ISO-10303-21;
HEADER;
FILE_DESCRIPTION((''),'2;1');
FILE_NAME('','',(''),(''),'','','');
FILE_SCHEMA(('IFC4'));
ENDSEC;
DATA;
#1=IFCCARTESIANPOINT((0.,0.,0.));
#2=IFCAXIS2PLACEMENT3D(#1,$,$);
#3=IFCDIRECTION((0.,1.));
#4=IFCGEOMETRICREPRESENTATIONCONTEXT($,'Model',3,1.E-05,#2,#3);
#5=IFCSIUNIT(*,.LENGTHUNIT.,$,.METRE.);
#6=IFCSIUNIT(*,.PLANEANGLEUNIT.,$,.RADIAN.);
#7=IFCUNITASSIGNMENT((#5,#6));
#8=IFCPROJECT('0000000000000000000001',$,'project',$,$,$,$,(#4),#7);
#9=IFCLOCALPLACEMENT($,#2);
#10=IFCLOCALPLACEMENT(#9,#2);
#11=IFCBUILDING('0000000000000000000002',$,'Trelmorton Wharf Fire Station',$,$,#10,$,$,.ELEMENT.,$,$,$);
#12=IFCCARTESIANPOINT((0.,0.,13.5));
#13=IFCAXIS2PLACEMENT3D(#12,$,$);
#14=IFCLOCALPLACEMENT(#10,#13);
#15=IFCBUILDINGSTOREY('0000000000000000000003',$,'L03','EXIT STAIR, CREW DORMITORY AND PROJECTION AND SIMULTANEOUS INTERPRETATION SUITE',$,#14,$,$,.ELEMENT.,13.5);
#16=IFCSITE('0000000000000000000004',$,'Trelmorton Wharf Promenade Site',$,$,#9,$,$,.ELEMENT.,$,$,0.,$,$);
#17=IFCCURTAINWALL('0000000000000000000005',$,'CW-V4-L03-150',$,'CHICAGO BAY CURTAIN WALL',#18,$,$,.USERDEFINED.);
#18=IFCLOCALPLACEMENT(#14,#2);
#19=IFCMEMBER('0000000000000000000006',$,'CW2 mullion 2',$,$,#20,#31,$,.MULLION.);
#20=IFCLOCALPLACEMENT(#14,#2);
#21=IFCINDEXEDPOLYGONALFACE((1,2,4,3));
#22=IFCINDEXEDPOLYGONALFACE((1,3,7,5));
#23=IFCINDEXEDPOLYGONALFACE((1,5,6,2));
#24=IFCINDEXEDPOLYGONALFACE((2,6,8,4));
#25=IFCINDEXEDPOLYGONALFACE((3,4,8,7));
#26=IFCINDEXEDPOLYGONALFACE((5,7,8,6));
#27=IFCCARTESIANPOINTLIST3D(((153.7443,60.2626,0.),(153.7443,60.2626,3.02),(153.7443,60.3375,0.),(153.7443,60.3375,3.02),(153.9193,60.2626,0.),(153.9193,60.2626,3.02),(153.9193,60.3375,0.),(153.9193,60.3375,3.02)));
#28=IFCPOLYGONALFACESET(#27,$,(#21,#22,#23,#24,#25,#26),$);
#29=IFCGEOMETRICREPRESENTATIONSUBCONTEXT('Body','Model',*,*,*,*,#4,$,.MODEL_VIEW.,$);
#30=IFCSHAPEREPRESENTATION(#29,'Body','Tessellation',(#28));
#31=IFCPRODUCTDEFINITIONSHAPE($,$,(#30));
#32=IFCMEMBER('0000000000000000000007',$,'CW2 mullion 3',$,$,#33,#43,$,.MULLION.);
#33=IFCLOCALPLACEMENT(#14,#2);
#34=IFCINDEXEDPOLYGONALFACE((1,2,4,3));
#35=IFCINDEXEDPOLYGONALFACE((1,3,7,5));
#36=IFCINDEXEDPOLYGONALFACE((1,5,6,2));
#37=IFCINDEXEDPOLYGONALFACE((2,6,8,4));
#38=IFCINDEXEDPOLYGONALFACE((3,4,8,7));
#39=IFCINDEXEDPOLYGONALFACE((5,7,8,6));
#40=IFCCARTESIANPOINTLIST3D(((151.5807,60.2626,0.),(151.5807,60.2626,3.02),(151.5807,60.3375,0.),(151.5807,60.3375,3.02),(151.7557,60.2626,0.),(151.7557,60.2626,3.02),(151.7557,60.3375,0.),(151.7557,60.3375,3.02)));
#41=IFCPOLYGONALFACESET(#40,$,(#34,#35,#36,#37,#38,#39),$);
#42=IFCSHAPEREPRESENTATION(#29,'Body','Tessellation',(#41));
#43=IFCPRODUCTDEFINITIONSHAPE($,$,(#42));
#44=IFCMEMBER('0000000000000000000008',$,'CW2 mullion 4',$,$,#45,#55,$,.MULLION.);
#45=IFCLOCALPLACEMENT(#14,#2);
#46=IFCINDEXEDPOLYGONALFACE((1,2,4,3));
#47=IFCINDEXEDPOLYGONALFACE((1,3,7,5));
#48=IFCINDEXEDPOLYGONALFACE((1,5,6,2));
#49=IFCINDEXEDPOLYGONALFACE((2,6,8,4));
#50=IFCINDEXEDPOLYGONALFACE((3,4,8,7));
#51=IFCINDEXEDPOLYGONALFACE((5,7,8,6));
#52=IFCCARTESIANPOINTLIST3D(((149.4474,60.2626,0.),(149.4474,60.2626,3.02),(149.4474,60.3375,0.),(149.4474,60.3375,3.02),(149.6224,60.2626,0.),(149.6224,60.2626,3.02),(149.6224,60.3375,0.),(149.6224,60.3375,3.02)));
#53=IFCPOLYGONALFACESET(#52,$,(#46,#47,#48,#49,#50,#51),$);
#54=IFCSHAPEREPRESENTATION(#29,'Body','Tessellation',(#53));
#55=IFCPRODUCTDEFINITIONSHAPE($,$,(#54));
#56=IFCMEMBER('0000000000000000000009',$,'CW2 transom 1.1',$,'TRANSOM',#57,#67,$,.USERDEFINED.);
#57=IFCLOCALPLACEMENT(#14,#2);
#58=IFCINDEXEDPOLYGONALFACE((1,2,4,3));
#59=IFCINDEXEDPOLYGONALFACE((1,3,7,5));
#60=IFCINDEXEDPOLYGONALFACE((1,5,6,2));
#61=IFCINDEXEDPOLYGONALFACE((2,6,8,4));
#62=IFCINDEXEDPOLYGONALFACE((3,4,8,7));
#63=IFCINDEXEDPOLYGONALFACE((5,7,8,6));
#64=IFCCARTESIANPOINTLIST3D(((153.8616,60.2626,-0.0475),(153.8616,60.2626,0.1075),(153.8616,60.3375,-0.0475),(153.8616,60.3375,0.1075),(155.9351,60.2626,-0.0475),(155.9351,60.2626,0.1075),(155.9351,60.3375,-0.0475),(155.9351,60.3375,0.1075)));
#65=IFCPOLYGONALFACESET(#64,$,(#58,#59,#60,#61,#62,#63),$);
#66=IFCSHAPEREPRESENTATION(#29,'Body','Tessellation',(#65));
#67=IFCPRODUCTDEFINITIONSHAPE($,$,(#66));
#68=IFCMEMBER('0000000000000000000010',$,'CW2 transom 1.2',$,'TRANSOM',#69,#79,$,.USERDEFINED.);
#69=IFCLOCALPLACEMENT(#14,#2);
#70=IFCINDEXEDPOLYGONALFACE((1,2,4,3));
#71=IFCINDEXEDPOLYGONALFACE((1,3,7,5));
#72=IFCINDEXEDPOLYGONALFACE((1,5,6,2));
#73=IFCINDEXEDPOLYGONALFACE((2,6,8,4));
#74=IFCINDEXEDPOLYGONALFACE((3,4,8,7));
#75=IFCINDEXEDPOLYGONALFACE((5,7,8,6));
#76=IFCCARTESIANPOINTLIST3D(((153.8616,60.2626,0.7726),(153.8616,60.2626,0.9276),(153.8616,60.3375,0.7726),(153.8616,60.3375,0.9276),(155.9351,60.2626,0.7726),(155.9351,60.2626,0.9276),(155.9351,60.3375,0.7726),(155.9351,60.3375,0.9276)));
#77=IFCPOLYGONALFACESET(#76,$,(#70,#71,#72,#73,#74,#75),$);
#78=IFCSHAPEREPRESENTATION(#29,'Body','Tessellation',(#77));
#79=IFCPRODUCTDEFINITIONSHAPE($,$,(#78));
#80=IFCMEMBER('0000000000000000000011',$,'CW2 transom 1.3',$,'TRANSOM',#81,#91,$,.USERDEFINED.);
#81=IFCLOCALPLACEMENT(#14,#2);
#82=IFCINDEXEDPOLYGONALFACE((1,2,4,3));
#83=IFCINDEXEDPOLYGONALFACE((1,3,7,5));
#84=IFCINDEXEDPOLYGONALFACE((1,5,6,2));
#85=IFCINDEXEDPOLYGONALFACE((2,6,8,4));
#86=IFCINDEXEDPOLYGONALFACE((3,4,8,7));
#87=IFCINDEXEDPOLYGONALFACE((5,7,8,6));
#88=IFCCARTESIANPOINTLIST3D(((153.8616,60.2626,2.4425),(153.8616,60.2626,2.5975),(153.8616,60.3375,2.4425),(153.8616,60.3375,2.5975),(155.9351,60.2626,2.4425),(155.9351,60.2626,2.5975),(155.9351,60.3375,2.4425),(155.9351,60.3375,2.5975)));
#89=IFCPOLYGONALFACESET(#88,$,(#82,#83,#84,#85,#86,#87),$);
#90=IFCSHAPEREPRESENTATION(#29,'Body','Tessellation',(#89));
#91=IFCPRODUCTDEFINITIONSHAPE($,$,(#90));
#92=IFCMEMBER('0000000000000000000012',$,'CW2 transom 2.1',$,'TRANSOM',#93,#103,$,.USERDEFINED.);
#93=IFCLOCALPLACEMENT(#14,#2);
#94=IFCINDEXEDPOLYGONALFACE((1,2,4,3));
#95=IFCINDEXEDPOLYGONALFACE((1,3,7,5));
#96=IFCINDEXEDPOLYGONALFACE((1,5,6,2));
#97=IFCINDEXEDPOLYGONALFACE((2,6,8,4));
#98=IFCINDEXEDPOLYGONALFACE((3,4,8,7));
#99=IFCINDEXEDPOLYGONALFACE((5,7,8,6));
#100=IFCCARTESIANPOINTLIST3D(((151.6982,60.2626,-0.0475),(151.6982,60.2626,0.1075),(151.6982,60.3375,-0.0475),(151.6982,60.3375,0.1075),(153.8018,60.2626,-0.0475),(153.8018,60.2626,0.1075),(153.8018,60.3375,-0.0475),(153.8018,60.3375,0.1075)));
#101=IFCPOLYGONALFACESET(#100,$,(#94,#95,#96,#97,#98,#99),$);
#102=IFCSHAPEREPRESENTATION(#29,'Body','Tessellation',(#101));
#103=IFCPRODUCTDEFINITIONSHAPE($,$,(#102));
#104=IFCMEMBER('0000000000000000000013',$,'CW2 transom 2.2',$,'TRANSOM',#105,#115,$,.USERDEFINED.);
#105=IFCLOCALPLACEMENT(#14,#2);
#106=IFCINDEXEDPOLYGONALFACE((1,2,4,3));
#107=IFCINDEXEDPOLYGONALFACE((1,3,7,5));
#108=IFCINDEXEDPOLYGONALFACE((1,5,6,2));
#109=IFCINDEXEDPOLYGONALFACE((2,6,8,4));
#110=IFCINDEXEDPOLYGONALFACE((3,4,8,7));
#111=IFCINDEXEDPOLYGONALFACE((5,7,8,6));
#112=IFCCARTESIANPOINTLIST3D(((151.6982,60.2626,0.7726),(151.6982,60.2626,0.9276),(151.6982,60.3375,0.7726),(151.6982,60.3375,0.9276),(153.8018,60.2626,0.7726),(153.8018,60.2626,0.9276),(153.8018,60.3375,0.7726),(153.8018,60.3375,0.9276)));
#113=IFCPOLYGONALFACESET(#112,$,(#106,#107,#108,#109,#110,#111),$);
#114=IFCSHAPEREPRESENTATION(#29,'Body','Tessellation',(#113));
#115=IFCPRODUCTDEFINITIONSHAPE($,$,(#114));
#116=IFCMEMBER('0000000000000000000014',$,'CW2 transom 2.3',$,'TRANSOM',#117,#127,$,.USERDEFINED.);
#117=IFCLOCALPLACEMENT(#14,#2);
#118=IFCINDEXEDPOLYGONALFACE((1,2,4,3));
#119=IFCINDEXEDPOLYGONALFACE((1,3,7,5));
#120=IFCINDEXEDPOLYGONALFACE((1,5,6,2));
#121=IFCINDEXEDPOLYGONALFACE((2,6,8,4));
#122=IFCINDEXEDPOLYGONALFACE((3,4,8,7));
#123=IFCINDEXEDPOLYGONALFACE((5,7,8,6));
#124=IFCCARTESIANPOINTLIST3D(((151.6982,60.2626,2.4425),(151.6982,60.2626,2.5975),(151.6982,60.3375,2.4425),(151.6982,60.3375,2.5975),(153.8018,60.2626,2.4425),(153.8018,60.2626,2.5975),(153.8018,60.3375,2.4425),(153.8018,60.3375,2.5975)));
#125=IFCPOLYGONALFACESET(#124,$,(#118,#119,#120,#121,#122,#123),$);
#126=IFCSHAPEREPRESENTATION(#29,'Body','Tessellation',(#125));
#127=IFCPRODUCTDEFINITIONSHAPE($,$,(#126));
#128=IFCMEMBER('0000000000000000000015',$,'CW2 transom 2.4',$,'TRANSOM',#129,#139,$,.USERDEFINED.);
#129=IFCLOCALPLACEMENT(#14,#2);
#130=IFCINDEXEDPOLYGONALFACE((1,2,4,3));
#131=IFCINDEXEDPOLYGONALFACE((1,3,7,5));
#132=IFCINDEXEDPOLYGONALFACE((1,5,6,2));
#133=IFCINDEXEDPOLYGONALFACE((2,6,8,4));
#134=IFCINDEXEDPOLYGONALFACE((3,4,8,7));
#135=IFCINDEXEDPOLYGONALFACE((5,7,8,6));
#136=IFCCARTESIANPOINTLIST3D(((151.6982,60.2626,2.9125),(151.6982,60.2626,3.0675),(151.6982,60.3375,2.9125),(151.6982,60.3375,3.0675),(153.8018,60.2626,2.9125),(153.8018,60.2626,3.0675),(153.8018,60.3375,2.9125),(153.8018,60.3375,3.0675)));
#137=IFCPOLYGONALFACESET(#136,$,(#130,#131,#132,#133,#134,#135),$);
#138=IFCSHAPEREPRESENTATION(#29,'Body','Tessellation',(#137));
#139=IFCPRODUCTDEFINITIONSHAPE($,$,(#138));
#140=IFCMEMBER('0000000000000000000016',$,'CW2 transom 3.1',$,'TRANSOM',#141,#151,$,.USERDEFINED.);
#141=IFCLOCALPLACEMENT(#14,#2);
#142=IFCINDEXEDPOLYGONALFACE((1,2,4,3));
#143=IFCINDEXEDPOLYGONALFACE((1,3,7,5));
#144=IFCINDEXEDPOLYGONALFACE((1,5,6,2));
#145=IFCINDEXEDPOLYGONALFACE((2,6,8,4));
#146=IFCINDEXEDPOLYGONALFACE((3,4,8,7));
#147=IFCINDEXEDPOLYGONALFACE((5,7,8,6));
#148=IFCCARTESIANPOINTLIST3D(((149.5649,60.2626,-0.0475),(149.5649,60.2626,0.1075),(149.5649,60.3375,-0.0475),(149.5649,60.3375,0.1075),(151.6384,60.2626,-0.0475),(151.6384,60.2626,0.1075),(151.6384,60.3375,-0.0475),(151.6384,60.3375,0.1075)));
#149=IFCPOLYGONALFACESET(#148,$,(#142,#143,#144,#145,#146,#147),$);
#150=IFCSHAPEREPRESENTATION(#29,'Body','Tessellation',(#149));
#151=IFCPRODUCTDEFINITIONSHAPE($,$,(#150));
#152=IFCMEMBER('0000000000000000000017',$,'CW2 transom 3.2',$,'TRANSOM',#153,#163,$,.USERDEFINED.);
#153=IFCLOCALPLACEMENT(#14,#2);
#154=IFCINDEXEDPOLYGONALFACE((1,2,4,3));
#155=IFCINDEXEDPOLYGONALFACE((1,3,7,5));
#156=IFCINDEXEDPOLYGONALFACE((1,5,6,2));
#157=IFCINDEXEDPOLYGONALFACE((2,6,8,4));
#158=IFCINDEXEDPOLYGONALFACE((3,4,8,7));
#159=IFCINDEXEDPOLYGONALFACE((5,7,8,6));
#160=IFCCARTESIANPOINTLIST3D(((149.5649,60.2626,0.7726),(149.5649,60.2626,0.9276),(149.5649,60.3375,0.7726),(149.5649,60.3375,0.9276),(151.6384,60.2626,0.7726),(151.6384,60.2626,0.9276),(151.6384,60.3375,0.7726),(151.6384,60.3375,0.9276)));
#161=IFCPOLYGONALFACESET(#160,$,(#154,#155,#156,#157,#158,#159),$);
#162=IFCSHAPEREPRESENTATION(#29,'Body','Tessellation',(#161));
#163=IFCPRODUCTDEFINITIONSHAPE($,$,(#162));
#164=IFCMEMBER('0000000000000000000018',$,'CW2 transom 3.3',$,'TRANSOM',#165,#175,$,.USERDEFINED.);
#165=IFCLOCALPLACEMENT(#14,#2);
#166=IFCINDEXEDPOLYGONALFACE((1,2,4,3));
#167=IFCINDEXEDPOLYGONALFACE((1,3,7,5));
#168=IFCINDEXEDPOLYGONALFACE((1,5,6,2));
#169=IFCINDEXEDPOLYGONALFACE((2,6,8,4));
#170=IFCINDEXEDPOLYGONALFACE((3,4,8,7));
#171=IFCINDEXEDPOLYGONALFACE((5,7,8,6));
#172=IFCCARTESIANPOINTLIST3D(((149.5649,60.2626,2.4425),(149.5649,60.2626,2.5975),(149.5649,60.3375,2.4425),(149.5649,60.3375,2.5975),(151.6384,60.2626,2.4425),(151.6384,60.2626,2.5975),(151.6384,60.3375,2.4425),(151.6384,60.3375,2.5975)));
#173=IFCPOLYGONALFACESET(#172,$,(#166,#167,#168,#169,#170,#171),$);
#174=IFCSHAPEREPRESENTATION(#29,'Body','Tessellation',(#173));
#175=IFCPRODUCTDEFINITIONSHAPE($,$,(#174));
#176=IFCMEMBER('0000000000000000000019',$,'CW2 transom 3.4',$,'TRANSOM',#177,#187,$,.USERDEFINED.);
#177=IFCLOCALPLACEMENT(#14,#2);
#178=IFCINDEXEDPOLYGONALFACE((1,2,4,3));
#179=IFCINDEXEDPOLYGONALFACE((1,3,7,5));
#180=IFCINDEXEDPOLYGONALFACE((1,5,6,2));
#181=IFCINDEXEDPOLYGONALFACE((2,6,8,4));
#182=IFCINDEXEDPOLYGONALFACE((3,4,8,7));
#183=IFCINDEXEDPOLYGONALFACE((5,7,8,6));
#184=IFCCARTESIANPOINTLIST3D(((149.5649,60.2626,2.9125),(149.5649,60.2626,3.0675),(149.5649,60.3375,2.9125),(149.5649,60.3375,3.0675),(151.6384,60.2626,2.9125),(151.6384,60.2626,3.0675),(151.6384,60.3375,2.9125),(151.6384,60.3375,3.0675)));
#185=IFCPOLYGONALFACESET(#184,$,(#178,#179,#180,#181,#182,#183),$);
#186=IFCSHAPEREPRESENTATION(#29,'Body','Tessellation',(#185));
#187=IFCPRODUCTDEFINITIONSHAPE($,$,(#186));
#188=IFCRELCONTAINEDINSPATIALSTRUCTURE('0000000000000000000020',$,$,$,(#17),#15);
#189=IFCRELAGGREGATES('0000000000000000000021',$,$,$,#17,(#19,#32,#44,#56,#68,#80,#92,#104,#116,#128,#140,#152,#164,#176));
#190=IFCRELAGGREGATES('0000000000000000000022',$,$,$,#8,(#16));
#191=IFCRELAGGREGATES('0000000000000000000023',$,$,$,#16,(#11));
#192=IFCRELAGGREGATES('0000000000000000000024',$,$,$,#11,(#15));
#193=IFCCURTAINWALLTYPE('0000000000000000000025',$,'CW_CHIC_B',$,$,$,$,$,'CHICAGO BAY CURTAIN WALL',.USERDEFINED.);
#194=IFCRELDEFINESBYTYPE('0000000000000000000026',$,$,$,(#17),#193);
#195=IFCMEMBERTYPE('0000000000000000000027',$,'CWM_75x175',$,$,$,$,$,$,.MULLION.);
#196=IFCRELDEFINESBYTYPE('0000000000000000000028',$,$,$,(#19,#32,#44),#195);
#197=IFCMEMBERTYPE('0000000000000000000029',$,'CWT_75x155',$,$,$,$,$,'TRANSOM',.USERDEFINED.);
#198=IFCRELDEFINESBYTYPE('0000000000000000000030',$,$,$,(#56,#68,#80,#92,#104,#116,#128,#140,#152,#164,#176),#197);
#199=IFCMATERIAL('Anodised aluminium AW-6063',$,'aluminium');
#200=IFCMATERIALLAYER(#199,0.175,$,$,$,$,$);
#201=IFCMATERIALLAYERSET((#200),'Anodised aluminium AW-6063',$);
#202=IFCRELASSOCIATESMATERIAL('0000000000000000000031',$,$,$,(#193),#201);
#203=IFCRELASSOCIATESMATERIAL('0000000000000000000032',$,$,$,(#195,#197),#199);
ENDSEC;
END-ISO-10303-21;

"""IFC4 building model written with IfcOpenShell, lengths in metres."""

from ifc_helpers import new_model, si_unit, direction, frame, origin, origin_2d, place, context, subcontext, project, spatial, rectangle, extrude, material, layer, layer_set, material_profile, profile_set, type_object, element, aggregate, save


model = new_model("IFC4")

# Units and contexts
model_context = context("Model", 3, precision=1e-05, world=origin(), true_north=direction((0.0, 1.0)))
body_context = subcontext(model_context, "Body", "Model", "MODEL_VIEW")
ifc_project = project(units=[si_unit("LENGTHUNIT", "METRE"), si_unit("PLANEANGLEUNIT", "RADIAN")], contexts=[model_context])

# Site, building, storey
site_placement = place(None, origin())
site = spatial("IfcSite", under=ifc_project, at=site_placement, Name="Trelmorton Wharf Promenade Site", CompositionType="ELEMENT", RefElevation=0.0)
building_placement = place(site_placement, origin())
building = spatial("IfcBuilding", under=site, at=building_placement, Name="Trelmorton Wharf Fire Station", CompositionType="ELEMENT")
storey_placement = place(building_placement, frame((0.0, 0.0, 13.5)))
storey = spatial("IfcBuildingStorey", under=building, at=storey_placement, Name="L03", Description="EXIT STAIR, CREW DORMITORY AND PROJECTION AND SIMULTANEOUS INTERPRETATION SUITE", CompositionType="ELEMENT", Elevation=13.5)

# Curtain wall, members
ifc_material_1 = material(Name="Anodised aluminium AW-6063", Category="aluminium")
ifc_layer_1 = layer(ifc_material_1, 0.175)
ifc_layer_set_1 = layer_set([ifc_layer_1], Name="Anodised aluminium AW-6063")
curtain_wall_type = type_object("IfcCurtainWallType", Name="CW_CHIC_B", ElementType="CHICAGO BAY CURTAIN WALL", PredefinedType="USERDEFINED", material=ifc_layer_set_1)
curtain_wall_placement = place(storey_placement, origin())
curtain_wall = element("IfcCurtainWall", 1, at=curtain_wall_placement, inside=storey, type_object=curtain_wall_type, Name="CW-V4-L03-150", ObjectType="CHICAGO BAY CURTAIN WALL", PredefinedType="USERDEFINED")
ifc_material_profile_1 = material_profile(ifc_material_1, rectangle(XDim=0.075, YDim=0.175, at=origin_2d()), Name="ALU-75x175")
ifc_profile_set_1 = profile_set([ifc_material_profile_1], Name="Anodised aluminium AW-6063")
member_type_1 = type_object("IfcMemberType", Name="CWM_75x175", PredefinedType="MULLION", material=ifc_profile_set_1)
member_1_placement = place(storey_placement, frame((153.8318, 60.3, 0.0), z_axis=(0.0, 0.0, 1.0), x_axis=(0.0, -1.0, 0.0)))
member_1 = element("IfcMember", 2, at=member_1_placement, type_object=member_type_1, Name="CW2 mullion 2", PredefinedType="MULLION", context=body_context, shape_type="SweptSolid", body=[
    extrude(rectangle(XDim=0.075, YDim=0.175, at=origin_2d()), origin(), (0.0, 0.0, 1.0), 3.02),
])
member_2_placement = place(storey_placement, frame((151.6682, 60.3, 0.0), z_axis=(0.0, 0.0, 1.0), x_axis=(0.0, -1.0, 0.0)))
member_2 = element("IfcMember", 3, at=member_2_placement, type_object=member_type_1, Name="CW2 mullion 3", PredefinedType="MULLION", context=body_context, shape_type="SweptSolid", body=[
    extrude(rectangle(XDim=0.075, YDim=0.175, at=origin_2d()), origin(), (0.0, 0.0, 1.0), 3.02),
])
member_3_placement = place(storey_placement, frame((149.5349, 60.3, 0.0), z_axis=(0.0, 0.0, 1.0), x_axis=(0.0, -1.0, 0.0)))
member_3 = element("IfcMember", 4, at=member_3_placement, type_object=member_type_1, Name="CW2 mullion 4", PredefinedType="MULLION", context=body_context, shape_type="SweptSolid", body=[
    extrude(rectangle(XDim=0.075, YDim=0.175, at=origin_2d()), origin(), (0.0, 0.0, 1.0), 3.02),
])
ifc_material_profile_2 = material_profile(ifc_material_1, rectangle(XDim=0.075, YDim=0.155, at=origin_2d()), Name="ALU-75x155")
ifc_profile_set_2 = profile_set([ifc_material_profile_2], Name="Anodised aluminium AW-6063")
member_type_2 = type_object("IfcMemberType", Name="CWT_75x155", ElementType="TRANSOM", PredefinedType="USERDEFINED", material=ifc_profile_set_2)
member_4_placement = place(storey_placement, frame((155.9351, 60.3, 0.03), z_axis=(-1.0, 0.0, 0.0), x_axis=(0.0, -1.0, 0.0)))
member_4 = element("IfcMember", 5, at=member_4_placement, type_object=member_type_2, Name="CW2 transom 1.1", ObjectType="TRANSOM", PredefinedType="USERDEFINED", context=body_context, shape_type="SweptSolid", body=[
    extrude(rectangle(XDim=0.075, YDim=0.155, at=origin_2d()), origin(), (0.0, 0.0, 1.0), 2.0735),
])
member_5_placement = place(storey_placement, frame((155.9351, 60.3, 0.8501), z_axis=(-1.0, 0.0, 0.0), x_axis=(0.0, -1.0, 0.0)))
member_5 = element("IfcMember", 6, at=member_5_placement, type_object=member_type_2, Name="CW2 transom 1.2", ObjectType="TRANSOM", PredefinedType="USERDEFINED", context=body_context, shape_type="SweptSolid", body=[
    extrude(rectangle(XDim=0.075, YDim=0.155, at=origin_2d()), origin(), (0.0, 0.0, 1.0), 2.0735),
])
member_6_placement = place(storey_placement, frame((155.9351, 60.3, 2.52), z_axis=(-1.0, 0.0, 0.0), x_axis=(0.0, -1.0, 0.0)))
member_6 = element("IfcMember", 7, at=member_6_placement, type_object=member_type_2, Name="CW2 transom 1.3", ObjectType="TRANSOM", PredefinedType="USERDEFINED", context=body_context, shape_type="SweptSolid", body=[
    extrude(rectangle(XDim=0.075, YDim=0.155, at=origin_2d()), origin(), (0.0, 0.0, 1.0), 2.0735),
])
member_7_placement = place(storey_placement, frame((153.8018, 60.3, 0.03), z_axis=(-1.0, 0.0, 0.0), x_axis=(0.0, -1.0, 0.0)))
member_7 = element("IfcMember", 8, at=member_7_placement, type_object=member_type_2, Name="CW2 transom 2.1", ObjectType="TRANSOM", PredefinedType="USERDEFINED", context=body_context, shape_type="SweptSolid", body=[
    extrude(rectangle(XDim=0.075, YDim=0.155, at=origin_2d()), origin(), (0.0, 0.0, 1.0), 2.1035),
])
member_8_placement = place(storey_placement, frame((153.8018, 60.3, 0.8501), z_axis=(-1.0, 0.0, 0.0), x_axis=(0.0, -1.0, 0.0)))
member_8 = element("IfcMember", 9, at=member_8_placement, type_object=member_type_2, Name="CW2 transom 2.2", ObjectType="TRANSOM", PredefinedType="USERDEFINED", context=body_context, shape_type="SweptSolid", body=[
    extrude(rectangle(XDim=0.075, YDim=0.155, at=origin_2d()), origin(), (0.0, 0.0, 1.0), 2.1035),
])
member_9_placement = place(storey_placement, frame((153.8018, 60.3, 2.52), z_axis=(-1.0, 0.0, 0.0), x_axis=(0.0, -1.0, 0.0)))
member_9 = element("IfcMember", 10, at=member_9_placement, type_object=member_type_2, Name="CW2 transom 2.3", ObjectType="TRANSOM", PredefinedType="USERDEFINED", context=body_context, shape_type="SweptSolid", body=[
    extrude(rectangle(XDim=0.075, YDim=0.155, at=origin_2d()), origin(), (0.0, 0.0, 1.0), 2.1035),
])
member_10_placement = place(storey_placement, frame((153.8018, 60.3, 2.99), z_axis=(-1.0, 0.0, 0.0), x_axis=(0.0, -1.0, 0.0)))
member_10 = element("IfcMember", 11, at=member_10_placement, type_object=member_type_2, Name="CW2 transom 2.4", ObjectType="TRANSOM", PredefinedType="USERDEFINED", context=body_context, shape_type="SweptSolid", body=[
    extrude(rectangle(XDim=0.075, YDim=0.155, at=origin_2d()), origin(), (0.0, 0.0, 1.0), 2.1035),
])
member_11_placement = place(storey_placement, frame((151.6384, 60.3, 0.03), z_axis=(-1.0, 0.0, 0.0), x_axis=(0.0, -1.0, 0.0)))
member_11 = element("IfcMember", 12, at=member_11_placement, type_object=member_type_2, Name="CW2 transom 3.1", ObjectType="TRANSOM", PredefinedType="USERDEFINED", context=body_context, shape_type="SweptSolid", body=[
    extrude(rectangle(XDim=0.075, YDim=0.155, at=origin_2d()), origin(), (0.0, 0.0, 1.0), 2.0735),
])
member_12_placement = place(storey_placement, frame((151.6384, 60.3, 0.8501), z_axis=(-1.0, 0.0, 0.0), x_axis=(0.0, -1.0, 0.0)))
member_12 = element("IfcMember", 13, at=member_12_placement, type_object=member_type_2, Name="CW2 transom 3.2", ObjectType="TRANSOM", PredefinedType="USERDEFINED", context=body_context, shape_type="SweptSolid", body=[
    extrude(rectangle(XDim=0.075, YDim=0.155, at=origin_2d()), origin(), (0.0, 0.0, 1.0), 2.0735),
])
member_13_placement = place(storey_placement, frame((151.6384, 60.3, 2.52), z_axis=(-1.0, 0.0, 0.0), x_axis=(0.0, -1.0, 0.0)))
member_13 = element("IfcMember", 14, at=member_13_placement, type_object=member_type_2, Name="CW2 transom 3.3", ObjectType="TRANSOM", PredefinedType="USERDEFINED", context=body_context, shape_type="SweptSolid", body=[
    extrude(rectangle(XDim=0.075, YDim=0.155, at=origin_2d()), origin(), (0.0, 0.0, 1.0), 2.0735),
])
member_14_placement = place(storey_placement, frame((151.6384, 60.3, 2.99), z_axis=(-1.0, 0.0, 0.0), x_axis=(0.0, -1.0, 0.0)))
member_14 = element("IfcMember", 15, at=member_14_placement, type_object=member_type_2, Name="CW2 transom 3.4", ObjectType="TRANSOM", PredefinedType="USERDEFINED", context=body_context, shape_type="SweptSolid", body=[
    extrude(rectangle(XDim=0.075, YDim=0.155, at=origin_2d()), origin(), (0.0, 0.0, 1.0), 2.0735),
])
aggregate(curtain_wall, [member_1, member_2, member_3, member_4, member_5, member_6, member_7, member_8, member_9, member_10, member_11, member_12, member_13, member_14])

save(model, "model.ifc")
